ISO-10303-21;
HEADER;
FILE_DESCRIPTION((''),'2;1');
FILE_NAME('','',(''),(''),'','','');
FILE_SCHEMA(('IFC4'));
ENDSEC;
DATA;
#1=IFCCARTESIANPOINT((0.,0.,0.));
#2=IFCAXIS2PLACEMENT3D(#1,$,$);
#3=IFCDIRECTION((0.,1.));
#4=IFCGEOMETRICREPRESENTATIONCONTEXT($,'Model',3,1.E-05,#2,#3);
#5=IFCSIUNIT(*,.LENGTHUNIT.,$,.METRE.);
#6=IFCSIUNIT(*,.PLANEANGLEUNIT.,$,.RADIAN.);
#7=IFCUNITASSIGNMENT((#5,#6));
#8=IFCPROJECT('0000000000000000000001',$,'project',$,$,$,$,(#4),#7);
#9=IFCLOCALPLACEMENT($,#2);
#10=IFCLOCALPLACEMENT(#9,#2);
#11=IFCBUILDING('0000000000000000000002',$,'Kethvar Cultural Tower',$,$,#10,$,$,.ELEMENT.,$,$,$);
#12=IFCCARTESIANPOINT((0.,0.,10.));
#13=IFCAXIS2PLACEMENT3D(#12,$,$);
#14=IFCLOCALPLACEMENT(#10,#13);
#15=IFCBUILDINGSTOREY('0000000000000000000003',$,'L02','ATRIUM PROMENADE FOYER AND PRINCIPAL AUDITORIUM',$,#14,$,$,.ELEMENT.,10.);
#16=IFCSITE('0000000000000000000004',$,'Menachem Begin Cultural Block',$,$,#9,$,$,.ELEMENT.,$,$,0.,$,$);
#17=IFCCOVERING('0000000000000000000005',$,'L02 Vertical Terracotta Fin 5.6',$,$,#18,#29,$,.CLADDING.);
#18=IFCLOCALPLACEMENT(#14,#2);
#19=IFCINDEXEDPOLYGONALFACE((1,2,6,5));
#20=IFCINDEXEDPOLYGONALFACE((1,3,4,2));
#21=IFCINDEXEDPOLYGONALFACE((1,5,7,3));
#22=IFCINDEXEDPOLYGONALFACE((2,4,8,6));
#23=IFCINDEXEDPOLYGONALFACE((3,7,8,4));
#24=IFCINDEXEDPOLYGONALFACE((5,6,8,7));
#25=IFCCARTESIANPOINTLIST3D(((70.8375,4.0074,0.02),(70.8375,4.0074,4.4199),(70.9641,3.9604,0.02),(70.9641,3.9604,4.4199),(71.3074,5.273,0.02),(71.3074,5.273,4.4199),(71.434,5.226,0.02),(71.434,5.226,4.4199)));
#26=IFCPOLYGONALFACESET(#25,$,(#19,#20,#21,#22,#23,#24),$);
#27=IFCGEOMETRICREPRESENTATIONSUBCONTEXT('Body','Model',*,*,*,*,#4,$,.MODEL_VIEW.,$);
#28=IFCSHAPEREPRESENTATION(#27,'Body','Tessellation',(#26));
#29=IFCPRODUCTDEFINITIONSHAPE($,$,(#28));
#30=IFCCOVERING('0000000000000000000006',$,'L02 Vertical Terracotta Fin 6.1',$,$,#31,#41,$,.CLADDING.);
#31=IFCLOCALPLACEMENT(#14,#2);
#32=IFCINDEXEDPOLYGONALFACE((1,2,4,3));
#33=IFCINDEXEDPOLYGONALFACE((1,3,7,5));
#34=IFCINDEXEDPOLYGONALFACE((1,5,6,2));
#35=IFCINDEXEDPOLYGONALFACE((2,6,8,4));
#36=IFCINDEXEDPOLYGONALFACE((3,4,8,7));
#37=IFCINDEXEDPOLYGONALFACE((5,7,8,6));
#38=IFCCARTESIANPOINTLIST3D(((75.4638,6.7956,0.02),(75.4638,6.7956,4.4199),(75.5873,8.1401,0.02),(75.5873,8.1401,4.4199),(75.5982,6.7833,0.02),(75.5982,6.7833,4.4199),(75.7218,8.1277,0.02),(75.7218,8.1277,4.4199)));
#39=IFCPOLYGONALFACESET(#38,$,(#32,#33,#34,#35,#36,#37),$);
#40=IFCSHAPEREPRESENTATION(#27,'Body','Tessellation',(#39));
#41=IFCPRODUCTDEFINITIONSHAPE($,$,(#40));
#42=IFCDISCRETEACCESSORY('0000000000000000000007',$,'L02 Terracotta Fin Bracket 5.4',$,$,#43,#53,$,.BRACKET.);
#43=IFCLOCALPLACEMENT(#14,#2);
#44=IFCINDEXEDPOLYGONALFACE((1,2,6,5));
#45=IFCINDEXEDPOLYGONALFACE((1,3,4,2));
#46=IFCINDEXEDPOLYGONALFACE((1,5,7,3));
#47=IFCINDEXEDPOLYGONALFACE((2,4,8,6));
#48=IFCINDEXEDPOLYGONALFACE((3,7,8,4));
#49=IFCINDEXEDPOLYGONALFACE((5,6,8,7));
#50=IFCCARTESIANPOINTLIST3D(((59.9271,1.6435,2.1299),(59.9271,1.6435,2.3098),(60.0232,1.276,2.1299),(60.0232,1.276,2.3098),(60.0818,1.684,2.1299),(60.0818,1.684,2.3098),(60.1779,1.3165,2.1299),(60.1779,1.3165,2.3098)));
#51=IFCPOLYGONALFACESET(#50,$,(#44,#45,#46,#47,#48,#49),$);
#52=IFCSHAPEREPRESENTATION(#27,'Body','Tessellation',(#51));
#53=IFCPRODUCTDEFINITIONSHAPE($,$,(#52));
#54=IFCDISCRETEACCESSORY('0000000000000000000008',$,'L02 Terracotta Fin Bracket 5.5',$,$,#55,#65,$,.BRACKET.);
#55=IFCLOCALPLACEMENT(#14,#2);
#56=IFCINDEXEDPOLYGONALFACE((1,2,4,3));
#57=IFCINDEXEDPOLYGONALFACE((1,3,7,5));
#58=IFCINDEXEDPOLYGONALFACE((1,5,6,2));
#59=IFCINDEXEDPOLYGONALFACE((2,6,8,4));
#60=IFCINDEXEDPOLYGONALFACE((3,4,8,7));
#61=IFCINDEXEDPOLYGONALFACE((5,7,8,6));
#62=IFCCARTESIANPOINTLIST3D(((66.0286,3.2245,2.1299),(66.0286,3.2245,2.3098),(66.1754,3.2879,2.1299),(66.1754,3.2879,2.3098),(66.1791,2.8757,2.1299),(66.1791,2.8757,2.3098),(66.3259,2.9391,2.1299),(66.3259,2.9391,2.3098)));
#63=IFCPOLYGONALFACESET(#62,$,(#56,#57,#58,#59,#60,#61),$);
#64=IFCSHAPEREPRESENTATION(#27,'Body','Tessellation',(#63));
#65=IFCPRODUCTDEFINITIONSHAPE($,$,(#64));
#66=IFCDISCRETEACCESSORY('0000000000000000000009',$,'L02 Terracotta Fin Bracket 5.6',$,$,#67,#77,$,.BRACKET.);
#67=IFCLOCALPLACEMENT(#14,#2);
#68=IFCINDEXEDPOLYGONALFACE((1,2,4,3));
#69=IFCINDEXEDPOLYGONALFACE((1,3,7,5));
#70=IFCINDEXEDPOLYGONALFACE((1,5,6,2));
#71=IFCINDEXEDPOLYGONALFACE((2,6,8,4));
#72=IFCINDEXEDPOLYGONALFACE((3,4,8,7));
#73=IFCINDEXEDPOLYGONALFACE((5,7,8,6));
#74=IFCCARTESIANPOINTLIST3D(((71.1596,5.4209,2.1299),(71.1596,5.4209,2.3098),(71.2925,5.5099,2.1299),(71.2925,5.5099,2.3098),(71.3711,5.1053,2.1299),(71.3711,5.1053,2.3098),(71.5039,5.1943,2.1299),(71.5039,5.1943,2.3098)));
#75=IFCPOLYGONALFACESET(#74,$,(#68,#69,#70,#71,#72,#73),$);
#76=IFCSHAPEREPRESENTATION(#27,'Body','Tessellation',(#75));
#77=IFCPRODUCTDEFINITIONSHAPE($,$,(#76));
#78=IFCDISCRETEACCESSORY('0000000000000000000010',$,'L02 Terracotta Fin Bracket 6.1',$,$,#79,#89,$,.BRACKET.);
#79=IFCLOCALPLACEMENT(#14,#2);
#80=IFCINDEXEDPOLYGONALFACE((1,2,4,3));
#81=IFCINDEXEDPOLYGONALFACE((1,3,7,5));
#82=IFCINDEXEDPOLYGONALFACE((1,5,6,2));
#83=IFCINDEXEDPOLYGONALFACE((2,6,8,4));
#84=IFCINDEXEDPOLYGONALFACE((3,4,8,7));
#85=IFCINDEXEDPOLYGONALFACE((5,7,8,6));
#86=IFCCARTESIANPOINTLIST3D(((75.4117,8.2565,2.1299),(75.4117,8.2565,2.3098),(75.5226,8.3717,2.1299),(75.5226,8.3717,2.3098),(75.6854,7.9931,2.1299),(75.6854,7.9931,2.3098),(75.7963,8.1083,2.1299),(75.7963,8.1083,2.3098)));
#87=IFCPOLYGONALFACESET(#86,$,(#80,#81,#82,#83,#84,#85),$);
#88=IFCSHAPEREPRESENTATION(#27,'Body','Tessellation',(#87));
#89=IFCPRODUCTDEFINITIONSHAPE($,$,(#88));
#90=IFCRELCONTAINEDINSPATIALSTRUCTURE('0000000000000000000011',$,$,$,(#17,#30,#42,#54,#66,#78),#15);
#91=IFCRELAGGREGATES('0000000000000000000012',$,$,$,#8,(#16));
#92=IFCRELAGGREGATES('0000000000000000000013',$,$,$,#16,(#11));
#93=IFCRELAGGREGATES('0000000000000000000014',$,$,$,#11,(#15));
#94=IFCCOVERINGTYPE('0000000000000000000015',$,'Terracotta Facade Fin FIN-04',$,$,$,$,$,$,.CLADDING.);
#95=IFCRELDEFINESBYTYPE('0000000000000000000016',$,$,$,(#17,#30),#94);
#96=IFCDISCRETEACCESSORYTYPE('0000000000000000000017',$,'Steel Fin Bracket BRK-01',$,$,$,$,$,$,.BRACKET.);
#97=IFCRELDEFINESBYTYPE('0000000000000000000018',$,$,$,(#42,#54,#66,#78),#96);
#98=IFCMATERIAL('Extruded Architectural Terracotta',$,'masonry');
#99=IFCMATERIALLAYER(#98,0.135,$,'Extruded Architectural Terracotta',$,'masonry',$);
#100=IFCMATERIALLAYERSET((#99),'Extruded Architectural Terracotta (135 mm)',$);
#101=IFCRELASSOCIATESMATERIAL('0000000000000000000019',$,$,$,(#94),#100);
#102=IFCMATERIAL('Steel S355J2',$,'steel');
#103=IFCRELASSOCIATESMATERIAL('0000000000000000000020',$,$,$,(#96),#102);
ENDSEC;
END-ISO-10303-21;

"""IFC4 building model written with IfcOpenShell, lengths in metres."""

from ifc_helpers import new_model, si_unit, direction, frame, origin, origin_2d, place, context, subcontext, project, spatial, rectangle, extrude, source, transform, mapped, material, layer, layer_set, type_object, element, save


model = new_model("IFC4")

# Units and contexts
model_context = context("Model", 3, precision=1e-05, world=origin(), true_north=direction((0.0, 1.0)))
body_context = subcontext(model_context, "Body", "Model", "MODEL_VIEW")
ifc_project = project(units=[si_unit("LENGTHUNIT", "METRE"), si_unit("PLANEANGLEUNIT", "RADIAN")], contexts=[model_context])

# Site, building, storey
site_placement = place(None, origin())
site = spatial("IfcSite", under=ifc_project, at=site_placement, Name="Menachem Begin Cultural Block", CompositionType="ELEMENT", RefElevation=0.0)
building_placement = place(site_placement, origin())
building = spatial("IfcBuilding", under=site, at=building_placement, Name="Kethvar Cultural Tower", CompositionType="ELEMENT")
storey_placement = place(building_placement, frame((0.0, 0.0, 10.0)))
storey = spatial("IfcBuildingStorey", under=building, at=storey_placement, Name="L02", Description="ATRIUM PROMENADE FOYER AND PRINCIPAL AUDITORIUM", CompositionType="ELEMENT", Elevation=10.0)

# Shared definitions
ifc_material_1 = material(Name="Steel S355J2", Category="steel")

# Coverings
ifc_material_2 = material(Name="Extruded Architectural Terracotta", Category="masonry")
ifc_layer_1 = layer(ifc_material_2, 0.135, Name="Extruded Architectural Terracotta", Category="masonry")
ifc_layer_set_1 = layer_set([ifc_layer_1], Name="Extruded Architectural Terracotta (135 mm)")
covering_type = type_object("IfcCoveringType", Name="Terracotta Facade Fin FIN-04", PredefinedType="CLADDING", material=ifc_layer_set_1)
shared_shape_1 = source(origin(), body_context, "Body", "SweptSolid", [
    extrude(rectangle(XDim=1.3501, YDim=0.135, at=origin_2d()), origin(), (0.0, 0.0, 1.0), 4.3999),
])
for number, where, z_axis, x_axis, name in (
    (1, (71.1357, 4.6167, 0.02), (0.0, 0.0, 1.0), (-0.348081, -0.937464, 0.0), "L02 Vertical Terracotta Fin 5.6"),
    (2, (75.5928, 7.4617, 0.02), (0.0, 0.0, 1.0), (-0.091502, -0.995805, 0.0), "L02 Vertical Terracotta Fin 6.1"),
):
    element("IfcCovering", number, at=place(storey_placement, frame(where, z_axis=z_axis, x_axis=x_axis)), inside=storey, type_object=covering_type, Name=name, PredefinedType="CLADDING", context=body_context, shape_type="MappedRepresentation", body=[
        mapped(shared_shape_1, transform((0.0, 0.0, 0.0), scale=1.0)),
    ])

# Discrete accessories
discrete_accessory_type = type_object("IfcDiscreteAccessoryType", Name="Steel Fin Bracket BRK-01", PredefinedType="BRACKET", material=ifc_material_1)
shared_shape_2 = source(origin(), body_context, "Body", "SweptSolid", [
    extrude(rectangle(XDim=0.3799, YDim=0.1599, at=origin_2d()), origin(), (0.0, 0.0, 1.0), 0.1799),
])
for number, where, z_axis, x_axis, name in (
    (3, (60.0525, 1.48, 2.1299), (0.0, 0.0, 1.0), (0.253083, -0.967445, 0.0), "L02 Terracotta Fin Bracket 5.4"),
    (4, (66.1772, 3.0818, 2.1299), (0.0, 0.0, 1.0), (0.396347, -0.918101, 0.0), "L02 Terracotta Fin Bracket 5.5"),
    (5, (71.3318, 5.3076, 2.1299), (0.0, 0.0, 1.0), (0.556586, -0.83079, 0.0), "L02 Terracotta Fin Bracket 5.6"),
    (6, (75.604, 8.1824, 2.1299), (0.0, 0.0, 1.0), (0.720551, -0.693402, 0.0), "L02 Terracotta Fin Bracket 6.1"),
):
    element("IfcDiscreteAccessory", number, at=place(storey_placement, frame(where, z_axis=z_axis, x_axis=x_axis)), inside=storey, type_object=discrete_accessory_type, Name=name, PredefinedType="BRACKET", context=body_context, shape_type="MappedRepresentation", body=[
        mapped(shared_shape_2, transform((0.0, 0.0, 0.0), scale=1.0)),
    ])

save(model, "model.ifc")
